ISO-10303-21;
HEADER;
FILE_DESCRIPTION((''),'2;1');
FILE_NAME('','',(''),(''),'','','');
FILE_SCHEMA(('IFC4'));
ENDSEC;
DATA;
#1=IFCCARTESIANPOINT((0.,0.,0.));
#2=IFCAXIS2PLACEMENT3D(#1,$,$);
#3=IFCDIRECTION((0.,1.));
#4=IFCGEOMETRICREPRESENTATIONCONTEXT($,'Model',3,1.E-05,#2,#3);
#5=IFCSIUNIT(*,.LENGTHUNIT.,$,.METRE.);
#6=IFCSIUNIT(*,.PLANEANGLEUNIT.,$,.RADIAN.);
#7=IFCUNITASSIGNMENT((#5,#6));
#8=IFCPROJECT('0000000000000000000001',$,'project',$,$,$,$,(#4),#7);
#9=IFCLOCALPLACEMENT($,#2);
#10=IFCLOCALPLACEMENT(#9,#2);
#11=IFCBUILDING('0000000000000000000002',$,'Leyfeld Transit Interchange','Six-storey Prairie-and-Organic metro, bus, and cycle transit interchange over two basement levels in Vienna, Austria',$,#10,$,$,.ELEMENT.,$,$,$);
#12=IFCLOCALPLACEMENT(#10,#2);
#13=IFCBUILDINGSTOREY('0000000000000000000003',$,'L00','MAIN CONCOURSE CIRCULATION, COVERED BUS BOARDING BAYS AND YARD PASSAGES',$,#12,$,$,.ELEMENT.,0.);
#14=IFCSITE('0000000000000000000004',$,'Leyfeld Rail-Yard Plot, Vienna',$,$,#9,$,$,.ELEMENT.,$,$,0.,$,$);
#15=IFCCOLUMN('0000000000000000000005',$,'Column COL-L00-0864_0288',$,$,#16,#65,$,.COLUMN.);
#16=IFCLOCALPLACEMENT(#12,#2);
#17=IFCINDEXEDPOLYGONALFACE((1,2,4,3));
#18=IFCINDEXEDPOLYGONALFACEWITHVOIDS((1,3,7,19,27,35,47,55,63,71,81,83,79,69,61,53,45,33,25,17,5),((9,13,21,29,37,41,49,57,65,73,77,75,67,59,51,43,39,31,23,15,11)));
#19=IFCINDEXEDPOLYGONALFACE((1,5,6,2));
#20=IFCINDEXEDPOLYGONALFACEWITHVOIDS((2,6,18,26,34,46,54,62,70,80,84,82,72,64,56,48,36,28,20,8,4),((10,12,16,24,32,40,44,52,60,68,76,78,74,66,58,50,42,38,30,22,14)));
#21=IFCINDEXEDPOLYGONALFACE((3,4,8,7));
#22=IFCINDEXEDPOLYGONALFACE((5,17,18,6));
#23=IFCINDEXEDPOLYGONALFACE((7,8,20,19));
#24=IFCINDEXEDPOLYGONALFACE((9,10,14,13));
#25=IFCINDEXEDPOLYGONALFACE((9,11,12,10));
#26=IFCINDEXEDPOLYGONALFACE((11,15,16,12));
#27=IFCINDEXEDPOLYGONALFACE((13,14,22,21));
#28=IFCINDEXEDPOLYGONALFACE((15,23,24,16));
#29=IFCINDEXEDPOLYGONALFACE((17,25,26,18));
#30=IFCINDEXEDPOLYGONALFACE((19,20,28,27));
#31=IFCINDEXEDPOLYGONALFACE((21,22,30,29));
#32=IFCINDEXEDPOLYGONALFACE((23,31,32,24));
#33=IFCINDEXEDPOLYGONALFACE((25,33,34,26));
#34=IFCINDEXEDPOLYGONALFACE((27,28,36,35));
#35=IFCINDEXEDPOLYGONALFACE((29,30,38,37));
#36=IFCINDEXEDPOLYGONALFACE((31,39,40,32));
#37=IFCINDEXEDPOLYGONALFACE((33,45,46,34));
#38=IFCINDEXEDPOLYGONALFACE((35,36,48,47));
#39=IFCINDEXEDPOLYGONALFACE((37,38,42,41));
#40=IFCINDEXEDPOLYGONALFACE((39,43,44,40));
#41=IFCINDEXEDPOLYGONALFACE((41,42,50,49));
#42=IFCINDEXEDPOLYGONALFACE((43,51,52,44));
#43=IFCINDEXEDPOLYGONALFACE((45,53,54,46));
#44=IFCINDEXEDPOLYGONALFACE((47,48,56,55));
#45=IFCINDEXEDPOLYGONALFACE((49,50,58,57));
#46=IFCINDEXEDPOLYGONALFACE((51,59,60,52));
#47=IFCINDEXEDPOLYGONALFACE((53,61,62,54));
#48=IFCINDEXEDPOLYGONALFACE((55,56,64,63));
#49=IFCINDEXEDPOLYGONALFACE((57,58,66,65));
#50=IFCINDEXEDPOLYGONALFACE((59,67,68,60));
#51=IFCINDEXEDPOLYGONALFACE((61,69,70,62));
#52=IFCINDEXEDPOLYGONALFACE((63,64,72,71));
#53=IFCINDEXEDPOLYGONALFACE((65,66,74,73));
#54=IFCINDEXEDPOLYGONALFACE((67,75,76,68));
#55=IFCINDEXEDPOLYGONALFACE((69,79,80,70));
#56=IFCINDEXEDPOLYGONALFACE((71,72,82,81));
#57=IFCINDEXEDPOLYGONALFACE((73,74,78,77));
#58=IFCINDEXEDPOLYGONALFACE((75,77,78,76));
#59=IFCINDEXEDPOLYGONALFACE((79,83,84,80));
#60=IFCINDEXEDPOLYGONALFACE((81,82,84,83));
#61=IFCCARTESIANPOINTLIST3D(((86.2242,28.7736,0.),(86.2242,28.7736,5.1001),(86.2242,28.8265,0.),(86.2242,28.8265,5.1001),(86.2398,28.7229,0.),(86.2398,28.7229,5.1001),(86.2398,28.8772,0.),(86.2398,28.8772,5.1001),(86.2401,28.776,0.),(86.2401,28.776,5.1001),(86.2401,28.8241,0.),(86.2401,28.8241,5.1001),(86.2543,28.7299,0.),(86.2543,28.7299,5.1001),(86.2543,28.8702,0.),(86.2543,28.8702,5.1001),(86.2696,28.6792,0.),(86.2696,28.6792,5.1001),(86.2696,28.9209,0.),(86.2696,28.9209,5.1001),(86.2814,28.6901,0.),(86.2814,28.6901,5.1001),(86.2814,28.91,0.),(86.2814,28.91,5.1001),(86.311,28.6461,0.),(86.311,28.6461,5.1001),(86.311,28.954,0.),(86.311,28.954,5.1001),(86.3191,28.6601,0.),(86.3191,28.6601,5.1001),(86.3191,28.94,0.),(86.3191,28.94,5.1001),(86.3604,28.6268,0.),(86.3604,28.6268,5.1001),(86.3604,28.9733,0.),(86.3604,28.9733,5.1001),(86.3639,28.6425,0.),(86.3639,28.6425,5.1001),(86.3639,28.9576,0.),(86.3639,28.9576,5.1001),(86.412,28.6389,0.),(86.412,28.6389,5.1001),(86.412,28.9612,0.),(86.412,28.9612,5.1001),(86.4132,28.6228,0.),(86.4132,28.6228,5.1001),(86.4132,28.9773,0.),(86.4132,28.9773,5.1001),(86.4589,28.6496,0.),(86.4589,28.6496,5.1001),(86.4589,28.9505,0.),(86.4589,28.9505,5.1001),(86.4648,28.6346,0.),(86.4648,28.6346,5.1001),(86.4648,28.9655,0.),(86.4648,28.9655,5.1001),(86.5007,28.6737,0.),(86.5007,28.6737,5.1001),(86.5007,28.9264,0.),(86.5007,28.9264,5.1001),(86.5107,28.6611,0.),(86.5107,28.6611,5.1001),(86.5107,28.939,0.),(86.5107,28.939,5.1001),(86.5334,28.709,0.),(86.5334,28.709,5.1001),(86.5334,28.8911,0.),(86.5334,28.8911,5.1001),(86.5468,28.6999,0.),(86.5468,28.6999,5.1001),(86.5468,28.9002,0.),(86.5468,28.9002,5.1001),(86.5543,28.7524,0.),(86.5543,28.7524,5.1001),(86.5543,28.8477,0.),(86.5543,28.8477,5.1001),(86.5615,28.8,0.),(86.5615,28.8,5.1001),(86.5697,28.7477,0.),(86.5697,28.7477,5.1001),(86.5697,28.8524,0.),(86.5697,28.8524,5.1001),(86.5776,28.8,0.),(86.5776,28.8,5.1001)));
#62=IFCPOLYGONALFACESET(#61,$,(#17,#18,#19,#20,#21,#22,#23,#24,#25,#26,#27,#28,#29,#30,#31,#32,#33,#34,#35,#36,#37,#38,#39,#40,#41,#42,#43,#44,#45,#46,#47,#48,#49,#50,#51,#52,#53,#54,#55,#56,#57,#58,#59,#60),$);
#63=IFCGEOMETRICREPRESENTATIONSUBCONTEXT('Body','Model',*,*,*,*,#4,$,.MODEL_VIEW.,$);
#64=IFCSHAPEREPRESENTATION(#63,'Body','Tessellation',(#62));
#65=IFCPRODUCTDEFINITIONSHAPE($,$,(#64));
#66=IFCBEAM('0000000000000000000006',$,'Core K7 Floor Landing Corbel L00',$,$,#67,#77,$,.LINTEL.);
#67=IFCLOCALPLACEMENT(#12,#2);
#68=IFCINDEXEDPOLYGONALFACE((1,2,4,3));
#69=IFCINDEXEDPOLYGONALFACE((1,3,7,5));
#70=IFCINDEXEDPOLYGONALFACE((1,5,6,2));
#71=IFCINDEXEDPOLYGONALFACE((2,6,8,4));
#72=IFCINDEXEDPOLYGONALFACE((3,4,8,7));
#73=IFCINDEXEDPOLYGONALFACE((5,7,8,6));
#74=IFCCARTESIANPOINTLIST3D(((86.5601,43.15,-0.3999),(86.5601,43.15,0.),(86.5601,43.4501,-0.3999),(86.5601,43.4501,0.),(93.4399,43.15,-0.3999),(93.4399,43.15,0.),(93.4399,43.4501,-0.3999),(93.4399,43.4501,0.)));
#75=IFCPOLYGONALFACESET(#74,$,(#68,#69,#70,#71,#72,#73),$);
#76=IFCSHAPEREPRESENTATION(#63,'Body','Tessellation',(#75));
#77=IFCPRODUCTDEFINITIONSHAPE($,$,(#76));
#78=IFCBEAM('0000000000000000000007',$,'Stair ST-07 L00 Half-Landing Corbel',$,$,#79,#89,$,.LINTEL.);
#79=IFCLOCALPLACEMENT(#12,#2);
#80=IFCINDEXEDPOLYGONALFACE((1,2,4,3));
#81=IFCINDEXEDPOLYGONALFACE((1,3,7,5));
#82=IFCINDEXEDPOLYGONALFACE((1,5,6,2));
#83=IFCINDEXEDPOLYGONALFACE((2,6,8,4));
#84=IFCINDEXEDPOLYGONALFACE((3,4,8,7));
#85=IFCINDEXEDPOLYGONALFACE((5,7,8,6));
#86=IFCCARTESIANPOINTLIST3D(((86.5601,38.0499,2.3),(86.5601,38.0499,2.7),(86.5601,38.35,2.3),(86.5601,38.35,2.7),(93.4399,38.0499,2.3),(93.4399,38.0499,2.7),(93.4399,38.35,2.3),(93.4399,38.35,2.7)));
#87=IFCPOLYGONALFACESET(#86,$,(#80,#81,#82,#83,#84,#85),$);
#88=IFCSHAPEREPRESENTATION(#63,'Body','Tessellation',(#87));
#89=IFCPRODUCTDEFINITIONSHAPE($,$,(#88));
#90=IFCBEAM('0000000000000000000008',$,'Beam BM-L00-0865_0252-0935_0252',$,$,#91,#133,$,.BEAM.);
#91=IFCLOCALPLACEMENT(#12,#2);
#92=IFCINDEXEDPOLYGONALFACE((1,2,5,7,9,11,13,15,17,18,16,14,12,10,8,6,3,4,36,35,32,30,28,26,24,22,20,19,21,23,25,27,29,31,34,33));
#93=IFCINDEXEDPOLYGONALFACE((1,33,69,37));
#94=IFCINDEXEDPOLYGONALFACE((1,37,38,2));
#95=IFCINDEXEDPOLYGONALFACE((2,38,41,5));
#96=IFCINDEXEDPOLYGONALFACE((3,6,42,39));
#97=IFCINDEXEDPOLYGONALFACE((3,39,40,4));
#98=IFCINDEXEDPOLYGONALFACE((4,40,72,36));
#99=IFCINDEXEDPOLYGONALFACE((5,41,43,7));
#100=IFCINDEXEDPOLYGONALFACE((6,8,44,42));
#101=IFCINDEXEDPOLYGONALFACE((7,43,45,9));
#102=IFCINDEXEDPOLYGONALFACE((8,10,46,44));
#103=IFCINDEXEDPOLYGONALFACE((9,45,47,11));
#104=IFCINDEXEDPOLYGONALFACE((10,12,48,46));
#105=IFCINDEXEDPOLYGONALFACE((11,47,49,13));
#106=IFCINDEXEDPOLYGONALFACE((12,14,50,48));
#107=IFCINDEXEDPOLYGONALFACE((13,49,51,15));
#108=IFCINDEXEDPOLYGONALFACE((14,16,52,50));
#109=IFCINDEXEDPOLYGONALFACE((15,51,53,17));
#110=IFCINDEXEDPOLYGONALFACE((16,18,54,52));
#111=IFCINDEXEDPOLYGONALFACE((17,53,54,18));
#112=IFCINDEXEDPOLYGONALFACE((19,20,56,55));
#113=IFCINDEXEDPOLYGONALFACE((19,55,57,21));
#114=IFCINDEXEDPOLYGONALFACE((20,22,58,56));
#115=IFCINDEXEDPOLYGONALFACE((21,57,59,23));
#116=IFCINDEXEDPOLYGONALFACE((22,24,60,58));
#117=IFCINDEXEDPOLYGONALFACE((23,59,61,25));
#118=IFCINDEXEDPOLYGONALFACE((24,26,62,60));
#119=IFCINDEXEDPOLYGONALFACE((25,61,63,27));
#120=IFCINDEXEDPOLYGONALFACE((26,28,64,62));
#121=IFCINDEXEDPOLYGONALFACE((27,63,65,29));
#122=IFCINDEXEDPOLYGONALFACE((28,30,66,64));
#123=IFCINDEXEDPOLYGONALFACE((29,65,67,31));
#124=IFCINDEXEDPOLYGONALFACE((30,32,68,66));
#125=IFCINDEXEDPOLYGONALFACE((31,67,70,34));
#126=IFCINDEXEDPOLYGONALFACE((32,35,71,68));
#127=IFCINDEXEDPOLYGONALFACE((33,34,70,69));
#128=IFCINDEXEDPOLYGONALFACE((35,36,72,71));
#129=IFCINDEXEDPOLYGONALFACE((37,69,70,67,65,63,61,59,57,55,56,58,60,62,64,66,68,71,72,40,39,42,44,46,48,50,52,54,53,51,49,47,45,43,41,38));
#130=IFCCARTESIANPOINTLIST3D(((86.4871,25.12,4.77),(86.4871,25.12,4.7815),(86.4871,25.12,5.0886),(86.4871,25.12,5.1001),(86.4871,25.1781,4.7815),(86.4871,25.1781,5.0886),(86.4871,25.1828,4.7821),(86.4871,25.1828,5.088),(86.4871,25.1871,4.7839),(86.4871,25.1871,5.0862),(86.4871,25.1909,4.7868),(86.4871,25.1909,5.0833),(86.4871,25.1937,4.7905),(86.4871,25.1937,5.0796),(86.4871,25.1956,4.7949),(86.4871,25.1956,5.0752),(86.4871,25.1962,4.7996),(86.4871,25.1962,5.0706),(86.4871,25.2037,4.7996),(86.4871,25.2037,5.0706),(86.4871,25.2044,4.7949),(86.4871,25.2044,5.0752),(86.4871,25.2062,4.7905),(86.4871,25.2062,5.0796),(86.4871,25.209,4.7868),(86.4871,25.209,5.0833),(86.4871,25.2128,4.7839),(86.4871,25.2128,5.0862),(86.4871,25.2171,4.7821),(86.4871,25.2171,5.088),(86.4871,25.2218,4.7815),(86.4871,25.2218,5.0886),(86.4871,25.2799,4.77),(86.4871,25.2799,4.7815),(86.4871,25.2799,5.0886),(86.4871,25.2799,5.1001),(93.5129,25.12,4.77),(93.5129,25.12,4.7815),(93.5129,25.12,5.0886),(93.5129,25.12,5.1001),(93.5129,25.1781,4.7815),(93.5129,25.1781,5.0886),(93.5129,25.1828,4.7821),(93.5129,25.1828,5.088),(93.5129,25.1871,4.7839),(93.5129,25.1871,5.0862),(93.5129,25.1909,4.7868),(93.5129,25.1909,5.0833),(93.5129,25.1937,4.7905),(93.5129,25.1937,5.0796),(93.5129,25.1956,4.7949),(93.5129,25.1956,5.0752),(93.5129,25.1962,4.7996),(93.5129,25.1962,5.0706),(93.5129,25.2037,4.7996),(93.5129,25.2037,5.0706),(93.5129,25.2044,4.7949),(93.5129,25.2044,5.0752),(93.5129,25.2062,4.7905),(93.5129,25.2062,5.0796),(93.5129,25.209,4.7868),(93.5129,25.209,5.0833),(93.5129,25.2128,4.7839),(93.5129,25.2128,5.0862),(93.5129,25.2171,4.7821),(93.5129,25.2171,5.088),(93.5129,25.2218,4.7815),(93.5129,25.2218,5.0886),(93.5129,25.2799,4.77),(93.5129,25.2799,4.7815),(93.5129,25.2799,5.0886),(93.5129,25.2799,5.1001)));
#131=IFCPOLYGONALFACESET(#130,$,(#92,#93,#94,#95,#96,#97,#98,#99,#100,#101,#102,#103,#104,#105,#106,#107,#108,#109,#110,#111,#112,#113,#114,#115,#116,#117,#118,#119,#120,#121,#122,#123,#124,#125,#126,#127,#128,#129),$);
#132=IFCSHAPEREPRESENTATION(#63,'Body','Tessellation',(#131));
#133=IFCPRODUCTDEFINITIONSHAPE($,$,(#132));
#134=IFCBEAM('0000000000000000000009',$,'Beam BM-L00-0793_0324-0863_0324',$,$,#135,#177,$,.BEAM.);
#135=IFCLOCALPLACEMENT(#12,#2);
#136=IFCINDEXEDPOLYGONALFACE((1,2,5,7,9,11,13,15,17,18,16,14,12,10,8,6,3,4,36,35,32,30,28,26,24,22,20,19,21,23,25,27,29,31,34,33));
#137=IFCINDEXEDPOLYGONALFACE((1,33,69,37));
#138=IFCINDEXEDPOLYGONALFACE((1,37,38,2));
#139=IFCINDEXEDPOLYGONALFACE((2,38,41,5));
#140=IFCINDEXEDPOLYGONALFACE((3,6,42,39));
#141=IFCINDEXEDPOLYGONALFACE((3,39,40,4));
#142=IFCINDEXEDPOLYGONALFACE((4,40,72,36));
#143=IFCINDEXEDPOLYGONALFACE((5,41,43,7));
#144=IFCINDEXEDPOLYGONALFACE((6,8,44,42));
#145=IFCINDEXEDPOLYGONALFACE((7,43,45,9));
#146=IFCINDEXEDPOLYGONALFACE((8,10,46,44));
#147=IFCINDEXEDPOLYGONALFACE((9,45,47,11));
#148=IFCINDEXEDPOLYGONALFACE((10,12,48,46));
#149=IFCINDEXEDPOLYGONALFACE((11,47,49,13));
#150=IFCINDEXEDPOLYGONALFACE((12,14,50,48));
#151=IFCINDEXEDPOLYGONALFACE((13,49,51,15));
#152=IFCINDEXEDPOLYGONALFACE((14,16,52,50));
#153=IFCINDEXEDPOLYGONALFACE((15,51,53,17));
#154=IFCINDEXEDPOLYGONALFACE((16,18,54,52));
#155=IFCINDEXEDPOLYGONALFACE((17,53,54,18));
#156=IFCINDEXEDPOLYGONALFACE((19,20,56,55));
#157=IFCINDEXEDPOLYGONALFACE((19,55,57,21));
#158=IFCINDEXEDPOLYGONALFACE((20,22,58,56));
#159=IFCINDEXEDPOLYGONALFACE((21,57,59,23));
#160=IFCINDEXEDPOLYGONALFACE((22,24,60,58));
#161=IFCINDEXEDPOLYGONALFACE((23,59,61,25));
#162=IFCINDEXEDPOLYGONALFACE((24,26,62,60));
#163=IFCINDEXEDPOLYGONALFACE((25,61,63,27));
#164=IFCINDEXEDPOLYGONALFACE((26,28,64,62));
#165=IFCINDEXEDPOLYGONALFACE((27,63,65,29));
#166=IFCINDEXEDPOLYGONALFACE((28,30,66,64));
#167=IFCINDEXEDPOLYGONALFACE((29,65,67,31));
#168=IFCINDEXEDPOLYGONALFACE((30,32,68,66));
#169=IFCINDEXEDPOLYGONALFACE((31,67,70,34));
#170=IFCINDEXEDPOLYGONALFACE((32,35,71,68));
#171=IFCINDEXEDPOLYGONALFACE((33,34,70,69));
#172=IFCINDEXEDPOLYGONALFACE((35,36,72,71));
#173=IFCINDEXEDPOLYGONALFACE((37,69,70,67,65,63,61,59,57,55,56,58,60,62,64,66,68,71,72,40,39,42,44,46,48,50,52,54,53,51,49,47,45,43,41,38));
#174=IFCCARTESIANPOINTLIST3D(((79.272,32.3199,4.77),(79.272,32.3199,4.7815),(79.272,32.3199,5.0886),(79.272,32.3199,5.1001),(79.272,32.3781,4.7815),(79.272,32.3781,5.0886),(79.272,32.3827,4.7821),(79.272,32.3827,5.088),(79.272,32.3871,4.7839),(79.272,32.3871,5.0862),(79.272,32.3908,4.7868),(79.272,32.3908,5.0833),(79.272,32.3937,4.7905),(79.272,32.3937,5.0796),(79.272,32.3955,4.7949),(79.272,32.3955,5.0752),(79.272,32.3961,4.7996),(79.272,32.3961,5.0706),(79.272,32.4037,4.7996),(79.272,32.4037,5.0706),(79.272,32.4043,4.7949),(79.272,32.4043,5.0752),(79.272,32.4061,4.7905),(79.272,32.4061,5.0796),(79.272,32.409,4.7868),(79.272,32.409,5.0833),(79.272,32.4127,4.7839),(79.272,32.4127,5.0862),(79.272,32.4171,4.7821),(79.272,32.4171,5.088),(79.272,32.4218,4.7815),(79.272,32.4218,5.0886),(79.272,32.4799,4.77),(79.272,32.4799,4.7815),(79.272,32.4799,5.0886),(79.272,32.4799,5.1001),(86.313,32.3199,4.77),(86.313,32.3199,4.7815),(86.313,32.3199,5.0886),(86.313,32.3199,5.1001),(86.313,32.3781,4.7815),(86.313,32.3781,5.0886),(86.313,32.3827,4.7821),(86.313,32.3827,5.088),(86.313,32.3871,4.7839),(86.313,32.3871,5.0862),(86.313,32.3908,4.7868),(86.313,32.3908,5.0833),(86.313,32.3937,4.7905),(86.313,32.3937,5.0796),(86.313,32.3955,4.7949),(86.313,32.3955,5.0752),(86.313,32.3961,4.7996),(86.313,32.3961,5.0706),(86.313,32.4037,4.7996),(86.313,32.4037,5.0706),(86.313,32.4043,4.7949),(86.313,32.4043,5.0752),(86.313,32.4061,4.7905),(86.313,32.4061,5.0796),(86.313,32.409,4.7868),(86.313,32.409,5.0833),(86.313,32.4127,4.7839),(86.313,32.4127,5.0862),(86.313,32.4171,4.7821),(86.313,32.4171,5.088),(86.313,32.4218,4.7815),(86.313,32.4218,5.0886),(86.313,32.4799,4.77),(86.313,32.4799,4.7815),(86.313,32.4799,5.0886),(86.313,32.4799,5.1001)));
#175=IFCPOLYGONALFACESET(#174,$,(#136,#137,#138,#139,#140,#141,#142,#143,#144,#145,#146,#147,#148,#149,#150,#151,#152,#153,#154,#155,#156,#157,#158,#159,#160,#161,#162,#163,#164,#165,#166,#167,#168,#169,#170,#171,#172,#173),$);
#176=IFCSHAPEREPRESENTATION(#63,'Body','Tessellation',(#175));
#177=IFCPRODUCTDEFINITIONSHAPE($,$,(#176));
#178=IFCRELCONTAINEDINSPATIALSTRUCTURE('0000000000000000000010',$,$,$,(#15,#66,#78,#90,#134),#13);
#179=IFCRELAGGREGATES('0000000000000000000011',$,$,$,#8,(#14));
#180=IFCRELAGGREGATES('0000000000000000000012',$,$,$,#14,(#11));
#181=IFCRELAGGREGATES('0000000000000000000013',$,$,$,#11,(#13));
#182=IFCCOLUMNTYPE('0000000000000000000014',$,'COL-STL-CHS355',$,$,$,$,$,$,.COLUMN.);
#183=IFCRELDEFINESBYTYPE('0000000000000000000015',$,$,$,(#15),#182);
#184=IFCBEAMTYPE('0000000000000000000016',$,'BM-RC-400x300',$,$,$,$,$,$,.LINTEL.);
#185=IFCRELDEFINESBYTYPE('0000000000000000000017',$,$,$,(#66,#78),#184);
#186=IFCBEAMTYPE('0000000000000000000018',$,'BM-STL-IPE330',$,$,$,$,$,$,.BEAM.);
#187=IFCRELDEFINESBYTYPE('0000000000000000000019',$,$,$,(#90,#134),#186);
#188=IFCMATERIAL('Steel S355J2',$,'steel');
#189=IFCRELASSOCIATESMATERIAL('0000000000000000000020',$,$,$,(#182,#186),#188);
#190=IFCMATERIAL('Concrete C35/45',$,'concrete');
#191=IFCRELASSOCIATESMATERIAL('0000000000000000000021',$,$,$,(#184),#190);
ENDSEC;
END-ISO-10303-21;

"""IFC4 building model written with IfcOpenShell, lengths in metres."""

from ifc_helpers import new_model, si_unit, direction, frame, origin, origin_2d, place, context, subcontext, project, spatial, rectangle, hollow_circle, i_section, extrude, material, material_profile, profile_set, type_object, element, save


model = new_model("IFC4")

# Units and contexts
model_context = context("Model", 3, precision=1e-05, world=origin(), true_north=direction((0.0, 1.0)))
body_context = subcontext(model_context, "Body", "Model", "MODEL_VIEW")
ifc_project = project(units=[si_unit("LENGTHUNIT", "METRE"), si_unit("PLANEANGLEUNIT", "RADIAN")], contexts=[model_context])

# Site, building, storey
site_placement = place(None, origin())
site = spatial("IfcSite", under=ifc_project, at=site_placement, Name="Leyfeld Rail-Yard Plot, Vienna", CompositionType="ELEMENT", RefElevation=0.0)
building_placement = place(site_placement, origin())
building = spatial("IfcBuilding", under=site, at=building_placement, Name="Leyfeld Transit Interchange", Description="Six-storey Prairie-and-Organic metro, bus, and cycle transit interchange over two basement levels in Vienna, Austria", CompositionType="ELEMENT")
storey_placement = place(building_placement, origin())
storey = spatial("IfcBuildingStorey", under=building, at=storey_placement, Name="L00", Description="MAIN CONCOURSE CIRCULATION, COVERED BUS BOARDING BAYS AND YARD PASSAGES", CompositionType="ELEMENT", Elevation=0.0)

# Column
ifc_material_1 = material(Name="Steel S355J2", Category="steel")
ifc_material_profile_1 = material_profile(ifc_material_1, hollow_circle(Radius=0.1777, WallThickness=0.0161, at=origin_2d()), Name="CHS 355.6x16")
ifc_profile_set_1 = profile_set([ifc_material_profile_1], Name="Steel S355J2")
column_type = type_object("IfcColumnType", Name="COL-STL-CHS355", PredefinedType="COLUMN", material=ifc_profile_set_1)
column_placement = place(storey_placement, frame((86.3999, 28.8, 0.0), z_axis=(0.0, 0.0, 1.0), x_axis=(1.0, 0.0, 0.0)))
element("IfcColumn", 1, at=column_placement, inside=storey, type_object=column_type, Name="Column COL-L00-0864_0288", PredefinedType="COLUMN", context=body_context, shape_type="SweptSolid", body=[
    extrude(hollow_circle(Radius=0.1777, WallThickness=0.0161, at=origin_2d()), origin(), (0.0, 0.0, 1.0), 5.1001),
])

# Beams
ifc_material_2 = material(Name="Concrete C35/45", Category="concrete")
ifc_material_profile_2 = material_profile(ifc_material_2, rectangle(XDim=0.3, YDim=0.3999, at=origin_2d()), Name="RC 400x300")
ifc_profile_set_2 = profile_set([ifc_material_profile_2], Name="Concrete C35/45")
beam_type_1 = type_object("IfcBeamType", Name="BM-RC-400x300", PredefinedType="LINTEL", material=ifc_profile_set_2)
for number, where, z_axis, x_axis, name in (
    (2, (86.5601, 43.3, -0.2), (1.0, 0.0, 0.0), (0.0, 1.0, 0.0), "Core K7 Floor Landing Corbel L00"),
    (3, (86.5601, 38.2, 2.5), (1.0, 0.0, 0.0), (0.0, 1.0, 0.0), "Stair ST-07 L00 Half-Landing Corbel"),
):
    element("IfcBeam", number, at=place(storey_placement, frame(where, z_axis=z_axis, x_axis=x_axis)), inside=storey, type_object=beam_type_1, Name=name, PredefinedType="LINTEL", context=body_context, shape_type="SweptSolid", body=[
        extrude(rectangle(XDim=0.3, YDim=0.3999, at=origin_2d()), origin(), (0.0, 0.0, 1.0), 6.8799),
    ])
ifc_material_profile_3 = material_profile(ifc_material_1, i_section(OverallWidth=0.1599, OverallDepth=0.3301, WebThickness=0.0076, FlangeThickness=0.0115, FilletRadius=0.0181, at=origin_2d()), Name="IPE 330")
ifc_profile_set_3 = profile_set([ifc_material_profile_3], Name="Steel S355J2")
beam_type_2 = type_object("IfcBeamType", Name="BM-STL-IPE330", PredefinedType="BEAM", material=ifc_profile_set_3)
beam_1_placement = place(storey_placement, frame((86.4871, 25.2, 4.9351), z_axis=(1.0, 0.0, 0.0), x_axis=(0.0, 1.0, 0.0)))
element("IfcBeam", 4, at=beam_1_placement, inside=storey, type_object=beam_type_2, Name="Beam BM-L00-0865_0252-0935_0252", PredefinedType="BEAM", context=body_context, shape_type="SweptSolid", body=[
    extrude(i_section(OverallWidth=0.1599, OverallDepth=0.3301, WebThickness=0.0076, FlangeThickness=0.0115, FilletRadius=0.0181, at=origin_2d()), origin(), (0.0, 0.0, 1.0), 7.0259),
])
beam_2_placement = place(storey_placement, frame((79.272, 32.3999, 4.9351), z_axis=(1.0, 0.0, 0.0), x_axis=(0.0, 1.0, 0.0)))
element("IfcBeam", 5, at=beam_2_placement, inside=storey, type_object=beam_type_2, Name="Beam BM-L00-0793_0324-0863_0324", PredefinedType="BEAM", context=body_context, shape_type="SweptSolid", body=[
    extrude(i_section(OverallWidth=0.1599, OverallDepth=0.3301, WebThickness=0.0076, FlangeThickness=0.0115, FilletRadius=0.0181, at=origin_2d()), origin(), (0.0, 0.0, 1.0), 7.041),
])

save(model, "model.ifc")
